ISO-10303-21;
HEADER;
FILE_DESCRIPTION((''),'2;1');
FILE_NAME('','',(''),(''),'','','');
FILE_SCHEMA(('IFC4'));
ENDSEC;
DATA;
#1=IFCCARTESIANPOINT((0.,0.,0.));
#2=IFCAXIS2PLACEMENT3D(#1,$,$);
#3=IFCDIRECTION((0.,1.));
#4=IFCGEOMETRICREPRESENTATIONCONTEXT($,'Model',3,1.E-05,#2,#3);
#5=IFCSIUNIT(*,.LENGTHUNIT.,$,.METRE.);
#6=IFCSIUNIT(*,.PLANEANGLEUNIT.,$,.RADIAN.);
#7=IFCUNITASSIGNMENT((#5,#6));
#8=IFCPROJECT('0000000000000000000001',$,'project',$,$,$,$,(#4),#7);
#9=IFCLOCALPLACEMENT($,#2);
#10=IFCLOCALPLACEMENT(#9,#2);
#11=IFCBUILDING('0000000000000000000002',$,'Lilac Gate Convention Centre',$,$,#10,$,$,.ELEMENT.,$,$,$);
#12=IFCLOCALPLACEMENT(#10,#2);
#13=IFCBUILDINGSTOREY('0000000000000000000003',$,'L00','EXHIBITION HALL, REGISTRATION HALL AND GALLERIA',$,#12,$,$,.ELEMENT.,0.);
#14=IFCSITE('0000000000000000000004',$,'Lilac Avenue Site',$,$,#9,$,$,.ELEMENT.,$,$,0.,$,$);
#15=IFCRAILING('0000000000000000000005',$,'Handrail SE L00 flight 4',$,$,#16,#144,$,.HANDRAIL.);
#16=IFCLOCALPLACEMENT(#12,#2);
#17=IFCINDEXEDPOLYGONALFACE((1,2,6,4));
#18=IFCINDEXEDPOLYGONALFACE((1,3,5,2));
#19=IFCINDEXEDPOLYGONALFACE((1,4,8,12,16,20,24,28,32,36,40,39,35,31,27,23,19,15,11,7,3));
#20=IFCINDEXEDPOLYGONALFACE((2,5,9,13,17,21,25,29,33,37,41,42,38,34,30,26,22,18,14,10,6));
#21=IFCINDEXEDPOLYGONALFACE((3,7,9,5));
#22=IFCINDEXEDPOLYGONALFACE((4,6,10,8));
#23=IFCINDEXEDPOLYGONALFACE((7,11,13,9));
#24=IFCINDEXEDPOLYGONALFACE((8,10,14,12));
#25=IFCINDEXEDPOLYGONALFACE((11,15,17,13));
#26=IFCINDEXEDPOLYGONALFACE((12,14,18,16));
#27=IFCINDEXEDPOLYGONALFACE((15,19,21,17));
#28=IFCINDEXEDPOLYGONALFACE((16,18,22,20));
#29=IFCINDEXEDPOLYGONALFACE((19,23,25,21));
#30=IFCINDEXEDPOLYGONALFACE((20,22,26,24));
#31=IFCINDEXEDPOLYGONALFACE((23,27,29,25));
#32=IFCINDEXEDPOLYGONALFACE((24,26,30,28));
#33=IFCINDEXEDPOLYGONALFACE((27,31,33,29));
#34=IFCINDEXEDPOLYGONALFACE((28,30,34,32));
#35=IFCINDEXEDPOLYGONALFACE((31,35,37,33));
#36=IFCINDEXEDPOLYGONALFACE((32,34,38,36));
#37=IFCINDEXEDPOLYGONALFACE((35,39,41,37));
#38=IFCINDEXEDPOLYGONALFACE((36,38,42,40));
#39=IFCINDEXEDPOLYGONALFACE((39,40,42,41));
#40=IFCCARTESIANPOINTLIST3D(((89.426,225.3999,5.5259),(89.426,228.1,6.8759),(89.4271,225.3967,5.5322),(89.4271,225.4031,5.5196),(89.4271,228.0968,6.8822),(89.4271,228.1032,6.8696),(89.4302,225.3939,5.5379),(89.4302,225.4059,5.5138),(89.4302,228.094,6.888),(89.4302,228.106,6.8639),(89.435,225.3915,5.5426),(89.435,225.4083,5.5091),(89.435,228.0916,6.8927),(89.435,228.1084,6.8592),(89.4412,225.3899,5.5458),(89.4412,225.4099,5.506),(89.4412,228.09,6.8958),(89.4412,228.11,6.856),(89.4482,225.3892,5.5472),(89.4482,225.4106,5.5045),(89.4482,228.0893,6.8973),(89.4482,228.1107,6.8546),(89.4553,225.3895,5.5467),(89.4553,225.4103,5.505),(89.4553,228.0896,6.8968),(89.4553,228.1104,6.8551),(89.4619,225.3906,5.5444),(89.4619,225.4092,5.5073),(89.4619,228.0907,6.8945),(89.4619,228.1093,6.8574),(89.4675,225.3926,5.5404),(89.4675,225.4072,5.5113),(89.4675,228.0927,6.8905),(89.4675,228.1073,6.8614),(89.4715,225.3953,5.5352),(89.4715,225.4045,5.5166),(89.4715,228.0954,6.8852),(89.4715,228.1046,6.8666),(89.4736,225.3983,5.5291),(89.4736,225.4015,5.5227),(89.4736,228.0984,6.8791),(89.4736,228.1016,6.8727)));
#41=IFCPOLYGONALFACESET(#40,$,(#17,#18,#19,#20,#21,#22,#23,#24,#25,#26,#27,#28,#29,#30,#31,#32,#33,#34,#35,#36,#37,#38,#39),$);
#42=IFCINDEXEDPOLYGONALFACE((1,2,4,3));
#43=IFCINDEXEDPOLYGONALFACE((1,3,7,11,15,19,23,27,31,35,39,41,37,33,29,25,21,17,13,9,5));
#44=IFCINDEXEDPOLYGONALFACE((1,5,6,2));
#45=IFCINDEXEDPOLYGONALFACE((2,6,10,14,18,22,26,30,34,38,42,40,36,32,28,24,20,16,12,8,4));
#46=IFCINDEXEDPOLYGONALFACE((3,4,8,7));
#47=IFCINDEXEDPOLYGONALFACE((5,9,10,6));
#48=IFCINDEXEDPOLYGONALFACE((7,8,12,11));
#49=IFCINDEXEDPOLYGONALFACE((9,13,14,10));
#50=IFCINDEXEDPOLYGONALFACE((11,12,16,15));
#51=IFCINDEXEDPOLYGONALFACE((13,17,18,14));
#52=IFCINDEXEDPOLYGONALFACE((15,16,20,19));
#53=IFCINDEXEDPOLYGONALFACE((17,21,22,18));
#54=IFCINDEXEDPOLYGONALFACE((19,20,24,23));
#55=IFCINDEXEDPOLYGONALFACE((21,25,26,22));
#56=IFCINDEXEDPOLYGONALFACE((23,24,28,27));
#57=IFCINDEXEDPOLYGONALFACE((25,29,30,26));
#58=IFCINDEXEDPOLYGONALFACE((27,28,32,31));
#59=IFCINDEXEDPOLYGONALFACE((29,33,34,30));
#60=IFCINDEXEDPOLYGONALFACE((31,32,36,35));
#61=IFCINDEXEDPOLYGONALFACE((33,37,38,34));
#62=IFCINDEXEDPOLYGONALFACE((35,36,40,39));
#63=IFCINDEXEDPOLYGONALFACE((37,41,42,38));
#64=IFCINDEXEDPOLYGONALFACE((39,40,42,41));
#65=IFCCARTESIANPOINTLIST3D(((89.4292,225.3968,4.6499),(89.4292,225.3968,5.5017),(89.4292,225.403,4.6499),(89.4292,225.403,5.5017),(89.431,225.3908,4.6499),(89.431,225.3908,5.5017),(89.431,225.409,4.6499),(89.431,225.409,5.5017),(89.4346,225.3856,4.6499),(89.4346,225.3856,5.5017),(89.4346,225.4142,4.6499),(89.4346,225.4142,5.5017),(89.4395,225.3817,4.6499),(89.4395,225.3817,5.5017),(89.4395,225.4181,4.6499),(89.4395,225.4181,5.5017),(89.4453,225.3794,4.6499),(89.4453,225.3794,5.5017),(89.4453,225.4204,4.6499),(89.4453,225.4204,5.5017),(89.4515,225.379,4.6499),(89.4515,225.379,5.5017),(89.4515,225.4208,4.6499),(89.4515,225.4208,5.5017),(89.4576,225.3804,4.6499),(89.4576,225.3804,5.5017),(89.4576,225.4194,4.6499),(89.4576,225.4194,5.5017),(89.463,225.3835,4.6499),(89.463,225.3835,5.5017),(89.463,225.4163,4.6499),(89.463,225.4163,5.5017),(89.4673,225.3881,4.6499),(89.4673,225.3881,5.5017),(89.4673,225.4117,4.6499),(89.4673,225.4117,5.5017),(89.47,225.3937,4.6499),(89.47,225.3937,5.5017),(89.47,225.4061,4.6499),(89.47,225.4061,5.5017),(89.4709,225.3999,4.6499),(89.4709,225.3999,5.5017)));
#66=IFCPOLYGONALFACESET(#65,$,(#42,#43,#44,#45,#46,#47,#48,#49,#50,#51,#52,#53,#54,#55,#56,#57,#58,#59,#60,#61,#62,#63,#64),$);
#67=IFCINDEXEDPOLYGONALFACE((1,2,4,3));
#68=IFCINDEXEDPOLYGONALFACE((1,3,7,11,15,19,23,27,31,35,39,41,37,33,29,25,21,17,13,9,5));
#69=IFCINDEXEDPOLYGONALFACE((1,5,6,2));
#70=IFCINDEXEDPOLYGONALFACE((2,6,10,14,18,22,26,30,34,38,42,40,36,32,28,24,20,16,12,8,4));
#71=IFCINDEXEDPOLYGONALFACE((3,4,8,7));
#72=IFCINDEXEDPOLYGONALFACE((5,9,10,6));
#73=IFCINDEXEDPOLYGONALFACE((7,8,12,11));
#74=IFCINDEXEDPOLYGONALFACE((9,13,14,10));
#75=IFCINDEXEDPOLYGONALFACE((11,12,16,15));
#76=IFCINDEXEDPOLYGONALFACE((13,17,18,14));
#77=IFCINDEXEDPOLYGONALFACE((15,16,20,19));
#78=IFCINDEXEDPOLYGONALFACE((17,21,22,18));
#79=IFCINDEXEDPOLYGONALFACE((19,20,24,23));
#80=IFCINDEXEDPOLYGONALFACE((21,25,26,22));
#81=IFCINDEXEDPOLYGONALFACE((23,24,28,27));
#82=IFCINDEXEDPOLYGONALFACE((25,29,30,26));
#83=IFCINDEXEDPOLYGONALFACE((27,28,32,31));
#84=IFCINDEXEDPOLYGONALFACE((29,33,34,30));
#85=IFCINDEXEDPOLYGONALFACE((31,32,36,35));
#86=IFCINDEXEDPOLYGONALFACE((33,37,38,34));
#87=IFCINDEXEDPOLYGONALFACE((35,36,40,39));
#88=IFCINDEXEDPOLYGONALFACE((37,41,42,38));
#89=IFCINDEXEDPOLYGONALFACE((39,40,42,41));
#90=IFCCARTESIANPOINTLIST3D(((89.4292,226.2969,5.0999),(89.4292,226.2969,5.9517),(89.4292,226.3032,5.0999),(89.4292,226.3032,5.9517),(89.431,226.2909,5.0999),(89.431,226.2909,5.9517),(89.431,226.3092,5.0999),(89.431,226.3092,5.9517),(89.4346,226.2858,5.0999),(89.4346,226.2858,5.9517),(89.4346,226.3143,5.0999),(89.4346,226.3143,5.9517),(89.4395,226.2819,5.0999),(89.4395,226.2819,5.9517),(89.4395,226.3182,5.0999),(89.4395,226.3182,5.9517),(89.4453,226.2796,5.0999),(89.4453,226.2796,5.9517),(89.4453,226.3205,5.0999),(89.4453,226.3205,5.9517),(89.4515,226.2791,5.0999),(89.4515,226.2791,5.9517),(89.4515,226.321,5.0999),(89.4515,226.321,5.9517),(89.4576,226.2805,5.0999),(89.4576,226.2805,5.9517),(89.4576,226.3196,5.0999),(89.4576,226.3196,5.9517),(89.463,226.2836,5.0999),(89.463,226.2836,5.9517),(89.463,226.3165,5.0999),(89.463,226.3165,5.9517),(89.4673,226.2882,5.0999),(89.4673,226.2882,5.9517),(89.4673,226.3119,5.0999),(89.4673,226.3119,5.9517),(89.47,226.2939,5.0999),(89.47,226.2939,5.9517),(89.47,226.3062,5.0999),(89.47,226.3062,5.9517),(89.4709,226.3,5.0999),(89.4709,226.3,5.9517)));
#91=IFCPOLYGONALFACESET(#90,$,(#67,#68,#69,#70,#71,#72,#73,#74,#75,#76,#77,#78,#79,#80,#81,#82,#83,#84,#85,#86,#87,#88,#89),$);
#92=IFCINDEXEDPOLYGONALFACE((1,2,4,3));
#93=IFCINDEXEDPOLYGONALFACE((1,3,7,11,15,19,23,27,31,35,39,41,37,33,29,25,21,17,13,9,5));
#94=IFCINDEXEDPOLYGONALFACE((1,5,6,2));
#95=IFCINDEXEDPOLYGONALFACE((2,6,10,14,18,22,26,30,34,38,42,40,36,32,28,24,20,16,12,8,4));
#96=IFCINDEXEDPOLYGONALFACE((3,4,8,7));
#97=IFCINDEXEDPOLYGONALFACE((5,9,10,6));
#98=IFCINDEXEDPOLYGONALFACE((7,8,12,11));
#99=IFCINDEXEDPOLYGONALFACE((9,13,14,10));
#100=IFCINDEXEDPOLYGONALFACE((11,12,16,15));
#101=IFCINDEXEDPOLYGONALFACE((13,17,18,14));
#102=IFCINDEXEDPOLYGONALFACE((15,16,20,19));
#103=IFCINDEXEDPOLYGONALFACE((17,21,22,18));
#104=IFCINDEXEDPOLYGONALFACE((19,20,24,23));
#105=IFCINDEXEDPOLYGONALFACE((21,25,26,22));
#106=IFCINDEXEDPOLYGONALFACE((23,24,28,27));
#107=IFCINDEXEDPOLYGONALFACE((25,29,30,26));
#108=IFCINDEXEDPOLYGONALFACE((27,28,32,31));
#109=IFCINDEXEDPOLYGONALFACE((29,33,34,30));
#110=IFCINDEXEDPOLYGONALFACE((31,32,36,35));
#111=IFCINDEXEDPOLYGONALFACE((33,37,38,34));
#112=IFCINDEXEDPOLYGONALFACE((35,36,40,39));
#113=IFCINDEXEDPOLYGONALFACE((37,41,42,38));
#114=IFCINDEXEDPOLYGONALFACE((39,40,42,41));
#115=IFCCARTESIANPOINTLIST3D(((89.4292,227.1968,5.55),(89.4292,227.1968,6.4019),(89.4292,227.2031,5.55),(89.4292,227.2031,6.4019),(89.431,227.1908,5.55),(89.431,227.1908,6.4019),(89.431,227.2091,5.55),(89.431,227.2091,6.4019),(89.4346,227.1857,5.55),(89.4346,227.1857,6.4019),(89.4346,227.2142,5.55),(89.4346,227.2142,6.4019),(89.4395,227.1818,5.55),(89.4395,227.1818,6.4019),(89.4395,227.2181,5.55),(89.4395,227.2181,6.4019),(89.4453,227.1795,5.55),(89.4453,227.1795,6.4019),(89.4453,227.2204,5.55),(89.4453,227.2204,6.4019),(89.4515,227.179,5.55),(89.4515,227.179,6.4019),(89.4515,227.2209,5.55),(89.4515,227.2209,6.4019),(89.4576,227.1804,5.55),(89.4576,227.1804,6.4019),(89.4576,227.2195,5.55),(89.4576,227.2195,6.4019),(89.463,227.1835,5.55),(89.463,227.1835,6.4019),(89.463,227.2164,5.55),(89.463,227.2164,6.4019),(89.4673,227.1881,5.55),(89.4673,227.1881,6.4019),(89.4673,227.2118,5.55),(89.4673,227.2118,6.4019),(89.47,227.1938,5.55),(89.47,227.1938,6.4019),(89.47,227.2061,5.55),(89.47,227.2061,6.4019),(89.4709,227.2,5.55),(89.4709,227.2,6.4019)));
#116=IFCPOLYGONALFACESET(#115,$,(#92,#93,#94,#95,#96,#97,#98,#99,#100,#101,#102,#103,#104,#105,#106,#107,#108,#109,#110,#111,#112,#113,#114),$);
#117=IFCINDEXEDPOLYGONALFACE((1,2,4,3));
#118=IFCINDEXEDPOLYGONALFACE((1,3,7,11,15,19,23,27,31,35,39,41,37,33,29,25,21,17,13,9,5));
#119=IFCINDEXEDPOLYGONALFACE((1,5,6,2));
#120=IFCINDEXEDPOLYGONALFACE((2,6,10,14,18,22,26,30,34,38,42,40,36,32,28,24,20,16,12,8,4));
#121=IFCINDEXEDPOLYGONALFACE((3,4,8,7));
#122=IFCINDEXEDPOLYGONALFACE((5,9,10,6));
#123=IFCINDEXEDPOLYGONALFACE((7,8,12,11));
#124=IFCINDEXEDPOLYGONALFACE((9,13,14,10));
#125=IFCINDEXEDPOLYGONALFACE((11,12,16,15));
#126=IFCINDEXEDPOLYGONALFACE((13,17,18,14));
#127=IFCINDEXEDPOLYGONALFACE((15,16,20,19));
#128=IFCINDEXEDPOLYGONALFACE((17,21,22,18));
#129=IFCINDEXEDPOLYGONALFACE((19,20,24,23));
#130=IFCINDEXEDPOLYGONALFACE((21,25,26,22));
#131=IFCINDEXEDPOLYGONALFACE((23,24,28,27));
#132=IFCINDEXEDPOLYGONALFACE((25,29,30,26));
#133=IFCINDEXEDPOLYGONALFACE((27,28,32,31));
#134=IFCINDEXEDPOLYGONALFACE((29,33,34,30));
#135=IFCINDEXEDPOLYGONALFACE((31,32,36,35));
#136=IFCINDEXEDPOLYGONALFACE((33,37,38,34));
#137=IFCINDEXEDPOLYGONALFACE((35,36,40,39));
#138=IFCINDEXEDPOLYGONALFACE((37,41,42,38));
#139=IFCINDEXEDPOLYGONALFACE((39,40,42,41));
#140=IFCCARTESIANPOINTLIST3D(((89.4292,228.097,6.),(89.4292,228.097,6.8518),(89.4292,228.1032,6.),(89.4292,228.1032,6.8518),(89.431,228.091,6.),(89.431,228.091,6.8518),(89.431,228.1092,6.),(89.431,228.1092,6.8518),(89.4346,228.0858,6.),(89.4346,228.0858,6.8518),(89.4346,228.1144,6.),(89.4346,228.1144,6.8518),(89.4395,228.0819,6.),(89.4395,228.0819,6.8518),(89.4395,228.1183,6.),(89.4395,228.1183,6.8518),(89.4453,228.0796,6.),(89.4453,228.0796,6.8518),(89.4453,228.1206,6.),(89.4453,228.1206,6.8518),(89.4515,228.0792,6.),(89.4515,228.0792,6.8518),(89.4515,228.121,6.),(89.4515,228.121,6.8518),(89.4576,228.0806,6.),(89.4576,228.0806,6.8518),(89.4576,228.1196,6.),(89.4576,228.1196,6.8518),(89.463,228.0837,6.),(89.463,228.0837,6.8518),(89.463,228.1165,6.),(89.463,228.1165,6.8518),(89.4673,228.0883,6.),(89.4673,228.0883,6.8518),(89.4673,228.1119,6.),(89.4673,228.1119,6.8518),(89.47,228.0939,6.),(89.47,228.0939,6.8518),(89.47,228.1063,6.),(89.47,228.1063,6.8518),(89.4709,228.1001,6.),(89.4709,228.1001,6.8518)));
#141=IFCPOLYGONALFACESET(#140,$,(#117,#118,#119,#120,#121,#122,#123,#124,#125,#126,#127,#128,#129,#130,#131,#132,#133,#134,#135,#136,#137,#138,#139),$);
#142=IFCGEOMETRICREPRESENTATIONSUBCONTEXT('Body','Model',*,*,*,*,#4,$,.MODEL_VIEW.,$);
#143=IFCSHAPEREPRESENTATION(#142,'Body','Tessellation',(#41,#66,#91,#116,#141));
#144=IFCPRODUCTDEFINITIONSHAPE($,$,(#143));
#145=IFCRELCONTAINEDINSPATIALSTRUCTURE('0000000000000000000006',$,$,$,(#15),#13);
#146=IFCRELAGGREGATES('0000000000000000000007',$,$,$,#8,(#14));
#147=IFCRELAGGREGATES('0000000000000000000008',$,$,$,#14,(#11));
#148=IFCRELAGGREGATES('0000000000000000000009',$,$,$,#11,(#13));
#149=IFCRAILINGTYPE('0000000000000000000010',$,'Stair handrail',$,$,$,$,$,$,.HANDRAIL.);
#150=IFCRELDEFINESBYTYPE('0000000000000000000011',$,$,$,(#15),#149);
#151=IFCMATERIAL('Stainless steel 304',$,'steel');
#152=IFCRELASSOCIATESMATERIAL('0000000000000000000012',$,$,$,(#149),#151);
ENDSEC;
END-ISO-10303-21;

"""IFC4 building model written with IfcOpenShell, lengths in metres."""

from ifc_helpers import new_model, si_unit, direction, frame, origin, origin_2d, place, context, subcontext, project, spatial, circle, extrude, material, type_object, element, save


model = new_model("IFC4")

# Units and contexts
model_context = context("Model", 3, precision=1e-05, world=origin(), true_north=direction((0.0, 1.0)))
body_context = subcontext(model_context, "Body", "Model", "MODEL_VIEW")
ifc_project = project(units=[si_unit("LENGTHUNIT", "METRE"), si_unit("PLANEANGLEUNIT", "RADIAN")], contexts=[model_context])

# Site, building, storey
site_placement = place(None, origin())
site = spatial("IfcSite", under=ifc_project, at=site_placement, Name="Lilac Avenue Site", CompositionType="ELEMENT", RefElevation=0.0)
building_placement = place(site_placement, origin())
building = spatial("IfcBuilding", under=site, at=building_placement, Name="Lilac Gate Convention Centre", CompositionType="ELEMENT")
storey_placement = place(building_placement, origin())
storey = spatial("IfcBuildingStorey", under=building, at=storey_placement, Name="L00", Description="EXHIBITION HALL, REGISTRATION HALL AND GALLERIA", CompositionType="ELEMENT", Elevation=0.0)

# Railing
ifc_material_1 = material(Name="Stainless steel 304", Category="steel")
railing_type = type_object("IfcRailingType", Name="Stair handrail", PredefinedType="HANDRAIL", material=ifc_material_1)
for number, where, name in (
    (1, (89.45, 225.3999, 4.6499), "Handrail SE L00 flight 4"),
):
    element("IfcRailing", number, at=place(storey_placement, frame(where)), inside=storey, type_object=railing_type, Name=name, PredefinedType="HANDRAIL", context=body_context, shape_type="SweptSolid", body=[
        extrude(circle(Radius=0.0239, at=origin_2d()), frame((0.0, 0.0, 0.876), z_axis=(0.0, 0.894427, 0.447214), x_axis=(-1.0, 0.0, 0.0)), (0.0, 0.0, 1.0), 3.0188),
        extrude(circle(Radius=0.021, at=origin_2d()), origin(), (0.0, 0.0, 1.0), 0.8518),
        extrude(circle(Radius=0.021, at=origin_2d()), frame((0.0, 0.9001, 0.45)), (0.0, 0.0, 1.0), 0.8518),
        extrude(circle(Radius=0.021, at=origin_2d()), frame((0.0, 1.8, 0.9001)), (0.0, 0.0, 1.0), 0.8518),
        extrude(circle(Radius=0.021, at=origin_2d()), frame((0.0, 2.7002, 1.3501)), (0.0, 0.0, 1.0), 0.8518),
    ])

save(model, "model.ifc")
